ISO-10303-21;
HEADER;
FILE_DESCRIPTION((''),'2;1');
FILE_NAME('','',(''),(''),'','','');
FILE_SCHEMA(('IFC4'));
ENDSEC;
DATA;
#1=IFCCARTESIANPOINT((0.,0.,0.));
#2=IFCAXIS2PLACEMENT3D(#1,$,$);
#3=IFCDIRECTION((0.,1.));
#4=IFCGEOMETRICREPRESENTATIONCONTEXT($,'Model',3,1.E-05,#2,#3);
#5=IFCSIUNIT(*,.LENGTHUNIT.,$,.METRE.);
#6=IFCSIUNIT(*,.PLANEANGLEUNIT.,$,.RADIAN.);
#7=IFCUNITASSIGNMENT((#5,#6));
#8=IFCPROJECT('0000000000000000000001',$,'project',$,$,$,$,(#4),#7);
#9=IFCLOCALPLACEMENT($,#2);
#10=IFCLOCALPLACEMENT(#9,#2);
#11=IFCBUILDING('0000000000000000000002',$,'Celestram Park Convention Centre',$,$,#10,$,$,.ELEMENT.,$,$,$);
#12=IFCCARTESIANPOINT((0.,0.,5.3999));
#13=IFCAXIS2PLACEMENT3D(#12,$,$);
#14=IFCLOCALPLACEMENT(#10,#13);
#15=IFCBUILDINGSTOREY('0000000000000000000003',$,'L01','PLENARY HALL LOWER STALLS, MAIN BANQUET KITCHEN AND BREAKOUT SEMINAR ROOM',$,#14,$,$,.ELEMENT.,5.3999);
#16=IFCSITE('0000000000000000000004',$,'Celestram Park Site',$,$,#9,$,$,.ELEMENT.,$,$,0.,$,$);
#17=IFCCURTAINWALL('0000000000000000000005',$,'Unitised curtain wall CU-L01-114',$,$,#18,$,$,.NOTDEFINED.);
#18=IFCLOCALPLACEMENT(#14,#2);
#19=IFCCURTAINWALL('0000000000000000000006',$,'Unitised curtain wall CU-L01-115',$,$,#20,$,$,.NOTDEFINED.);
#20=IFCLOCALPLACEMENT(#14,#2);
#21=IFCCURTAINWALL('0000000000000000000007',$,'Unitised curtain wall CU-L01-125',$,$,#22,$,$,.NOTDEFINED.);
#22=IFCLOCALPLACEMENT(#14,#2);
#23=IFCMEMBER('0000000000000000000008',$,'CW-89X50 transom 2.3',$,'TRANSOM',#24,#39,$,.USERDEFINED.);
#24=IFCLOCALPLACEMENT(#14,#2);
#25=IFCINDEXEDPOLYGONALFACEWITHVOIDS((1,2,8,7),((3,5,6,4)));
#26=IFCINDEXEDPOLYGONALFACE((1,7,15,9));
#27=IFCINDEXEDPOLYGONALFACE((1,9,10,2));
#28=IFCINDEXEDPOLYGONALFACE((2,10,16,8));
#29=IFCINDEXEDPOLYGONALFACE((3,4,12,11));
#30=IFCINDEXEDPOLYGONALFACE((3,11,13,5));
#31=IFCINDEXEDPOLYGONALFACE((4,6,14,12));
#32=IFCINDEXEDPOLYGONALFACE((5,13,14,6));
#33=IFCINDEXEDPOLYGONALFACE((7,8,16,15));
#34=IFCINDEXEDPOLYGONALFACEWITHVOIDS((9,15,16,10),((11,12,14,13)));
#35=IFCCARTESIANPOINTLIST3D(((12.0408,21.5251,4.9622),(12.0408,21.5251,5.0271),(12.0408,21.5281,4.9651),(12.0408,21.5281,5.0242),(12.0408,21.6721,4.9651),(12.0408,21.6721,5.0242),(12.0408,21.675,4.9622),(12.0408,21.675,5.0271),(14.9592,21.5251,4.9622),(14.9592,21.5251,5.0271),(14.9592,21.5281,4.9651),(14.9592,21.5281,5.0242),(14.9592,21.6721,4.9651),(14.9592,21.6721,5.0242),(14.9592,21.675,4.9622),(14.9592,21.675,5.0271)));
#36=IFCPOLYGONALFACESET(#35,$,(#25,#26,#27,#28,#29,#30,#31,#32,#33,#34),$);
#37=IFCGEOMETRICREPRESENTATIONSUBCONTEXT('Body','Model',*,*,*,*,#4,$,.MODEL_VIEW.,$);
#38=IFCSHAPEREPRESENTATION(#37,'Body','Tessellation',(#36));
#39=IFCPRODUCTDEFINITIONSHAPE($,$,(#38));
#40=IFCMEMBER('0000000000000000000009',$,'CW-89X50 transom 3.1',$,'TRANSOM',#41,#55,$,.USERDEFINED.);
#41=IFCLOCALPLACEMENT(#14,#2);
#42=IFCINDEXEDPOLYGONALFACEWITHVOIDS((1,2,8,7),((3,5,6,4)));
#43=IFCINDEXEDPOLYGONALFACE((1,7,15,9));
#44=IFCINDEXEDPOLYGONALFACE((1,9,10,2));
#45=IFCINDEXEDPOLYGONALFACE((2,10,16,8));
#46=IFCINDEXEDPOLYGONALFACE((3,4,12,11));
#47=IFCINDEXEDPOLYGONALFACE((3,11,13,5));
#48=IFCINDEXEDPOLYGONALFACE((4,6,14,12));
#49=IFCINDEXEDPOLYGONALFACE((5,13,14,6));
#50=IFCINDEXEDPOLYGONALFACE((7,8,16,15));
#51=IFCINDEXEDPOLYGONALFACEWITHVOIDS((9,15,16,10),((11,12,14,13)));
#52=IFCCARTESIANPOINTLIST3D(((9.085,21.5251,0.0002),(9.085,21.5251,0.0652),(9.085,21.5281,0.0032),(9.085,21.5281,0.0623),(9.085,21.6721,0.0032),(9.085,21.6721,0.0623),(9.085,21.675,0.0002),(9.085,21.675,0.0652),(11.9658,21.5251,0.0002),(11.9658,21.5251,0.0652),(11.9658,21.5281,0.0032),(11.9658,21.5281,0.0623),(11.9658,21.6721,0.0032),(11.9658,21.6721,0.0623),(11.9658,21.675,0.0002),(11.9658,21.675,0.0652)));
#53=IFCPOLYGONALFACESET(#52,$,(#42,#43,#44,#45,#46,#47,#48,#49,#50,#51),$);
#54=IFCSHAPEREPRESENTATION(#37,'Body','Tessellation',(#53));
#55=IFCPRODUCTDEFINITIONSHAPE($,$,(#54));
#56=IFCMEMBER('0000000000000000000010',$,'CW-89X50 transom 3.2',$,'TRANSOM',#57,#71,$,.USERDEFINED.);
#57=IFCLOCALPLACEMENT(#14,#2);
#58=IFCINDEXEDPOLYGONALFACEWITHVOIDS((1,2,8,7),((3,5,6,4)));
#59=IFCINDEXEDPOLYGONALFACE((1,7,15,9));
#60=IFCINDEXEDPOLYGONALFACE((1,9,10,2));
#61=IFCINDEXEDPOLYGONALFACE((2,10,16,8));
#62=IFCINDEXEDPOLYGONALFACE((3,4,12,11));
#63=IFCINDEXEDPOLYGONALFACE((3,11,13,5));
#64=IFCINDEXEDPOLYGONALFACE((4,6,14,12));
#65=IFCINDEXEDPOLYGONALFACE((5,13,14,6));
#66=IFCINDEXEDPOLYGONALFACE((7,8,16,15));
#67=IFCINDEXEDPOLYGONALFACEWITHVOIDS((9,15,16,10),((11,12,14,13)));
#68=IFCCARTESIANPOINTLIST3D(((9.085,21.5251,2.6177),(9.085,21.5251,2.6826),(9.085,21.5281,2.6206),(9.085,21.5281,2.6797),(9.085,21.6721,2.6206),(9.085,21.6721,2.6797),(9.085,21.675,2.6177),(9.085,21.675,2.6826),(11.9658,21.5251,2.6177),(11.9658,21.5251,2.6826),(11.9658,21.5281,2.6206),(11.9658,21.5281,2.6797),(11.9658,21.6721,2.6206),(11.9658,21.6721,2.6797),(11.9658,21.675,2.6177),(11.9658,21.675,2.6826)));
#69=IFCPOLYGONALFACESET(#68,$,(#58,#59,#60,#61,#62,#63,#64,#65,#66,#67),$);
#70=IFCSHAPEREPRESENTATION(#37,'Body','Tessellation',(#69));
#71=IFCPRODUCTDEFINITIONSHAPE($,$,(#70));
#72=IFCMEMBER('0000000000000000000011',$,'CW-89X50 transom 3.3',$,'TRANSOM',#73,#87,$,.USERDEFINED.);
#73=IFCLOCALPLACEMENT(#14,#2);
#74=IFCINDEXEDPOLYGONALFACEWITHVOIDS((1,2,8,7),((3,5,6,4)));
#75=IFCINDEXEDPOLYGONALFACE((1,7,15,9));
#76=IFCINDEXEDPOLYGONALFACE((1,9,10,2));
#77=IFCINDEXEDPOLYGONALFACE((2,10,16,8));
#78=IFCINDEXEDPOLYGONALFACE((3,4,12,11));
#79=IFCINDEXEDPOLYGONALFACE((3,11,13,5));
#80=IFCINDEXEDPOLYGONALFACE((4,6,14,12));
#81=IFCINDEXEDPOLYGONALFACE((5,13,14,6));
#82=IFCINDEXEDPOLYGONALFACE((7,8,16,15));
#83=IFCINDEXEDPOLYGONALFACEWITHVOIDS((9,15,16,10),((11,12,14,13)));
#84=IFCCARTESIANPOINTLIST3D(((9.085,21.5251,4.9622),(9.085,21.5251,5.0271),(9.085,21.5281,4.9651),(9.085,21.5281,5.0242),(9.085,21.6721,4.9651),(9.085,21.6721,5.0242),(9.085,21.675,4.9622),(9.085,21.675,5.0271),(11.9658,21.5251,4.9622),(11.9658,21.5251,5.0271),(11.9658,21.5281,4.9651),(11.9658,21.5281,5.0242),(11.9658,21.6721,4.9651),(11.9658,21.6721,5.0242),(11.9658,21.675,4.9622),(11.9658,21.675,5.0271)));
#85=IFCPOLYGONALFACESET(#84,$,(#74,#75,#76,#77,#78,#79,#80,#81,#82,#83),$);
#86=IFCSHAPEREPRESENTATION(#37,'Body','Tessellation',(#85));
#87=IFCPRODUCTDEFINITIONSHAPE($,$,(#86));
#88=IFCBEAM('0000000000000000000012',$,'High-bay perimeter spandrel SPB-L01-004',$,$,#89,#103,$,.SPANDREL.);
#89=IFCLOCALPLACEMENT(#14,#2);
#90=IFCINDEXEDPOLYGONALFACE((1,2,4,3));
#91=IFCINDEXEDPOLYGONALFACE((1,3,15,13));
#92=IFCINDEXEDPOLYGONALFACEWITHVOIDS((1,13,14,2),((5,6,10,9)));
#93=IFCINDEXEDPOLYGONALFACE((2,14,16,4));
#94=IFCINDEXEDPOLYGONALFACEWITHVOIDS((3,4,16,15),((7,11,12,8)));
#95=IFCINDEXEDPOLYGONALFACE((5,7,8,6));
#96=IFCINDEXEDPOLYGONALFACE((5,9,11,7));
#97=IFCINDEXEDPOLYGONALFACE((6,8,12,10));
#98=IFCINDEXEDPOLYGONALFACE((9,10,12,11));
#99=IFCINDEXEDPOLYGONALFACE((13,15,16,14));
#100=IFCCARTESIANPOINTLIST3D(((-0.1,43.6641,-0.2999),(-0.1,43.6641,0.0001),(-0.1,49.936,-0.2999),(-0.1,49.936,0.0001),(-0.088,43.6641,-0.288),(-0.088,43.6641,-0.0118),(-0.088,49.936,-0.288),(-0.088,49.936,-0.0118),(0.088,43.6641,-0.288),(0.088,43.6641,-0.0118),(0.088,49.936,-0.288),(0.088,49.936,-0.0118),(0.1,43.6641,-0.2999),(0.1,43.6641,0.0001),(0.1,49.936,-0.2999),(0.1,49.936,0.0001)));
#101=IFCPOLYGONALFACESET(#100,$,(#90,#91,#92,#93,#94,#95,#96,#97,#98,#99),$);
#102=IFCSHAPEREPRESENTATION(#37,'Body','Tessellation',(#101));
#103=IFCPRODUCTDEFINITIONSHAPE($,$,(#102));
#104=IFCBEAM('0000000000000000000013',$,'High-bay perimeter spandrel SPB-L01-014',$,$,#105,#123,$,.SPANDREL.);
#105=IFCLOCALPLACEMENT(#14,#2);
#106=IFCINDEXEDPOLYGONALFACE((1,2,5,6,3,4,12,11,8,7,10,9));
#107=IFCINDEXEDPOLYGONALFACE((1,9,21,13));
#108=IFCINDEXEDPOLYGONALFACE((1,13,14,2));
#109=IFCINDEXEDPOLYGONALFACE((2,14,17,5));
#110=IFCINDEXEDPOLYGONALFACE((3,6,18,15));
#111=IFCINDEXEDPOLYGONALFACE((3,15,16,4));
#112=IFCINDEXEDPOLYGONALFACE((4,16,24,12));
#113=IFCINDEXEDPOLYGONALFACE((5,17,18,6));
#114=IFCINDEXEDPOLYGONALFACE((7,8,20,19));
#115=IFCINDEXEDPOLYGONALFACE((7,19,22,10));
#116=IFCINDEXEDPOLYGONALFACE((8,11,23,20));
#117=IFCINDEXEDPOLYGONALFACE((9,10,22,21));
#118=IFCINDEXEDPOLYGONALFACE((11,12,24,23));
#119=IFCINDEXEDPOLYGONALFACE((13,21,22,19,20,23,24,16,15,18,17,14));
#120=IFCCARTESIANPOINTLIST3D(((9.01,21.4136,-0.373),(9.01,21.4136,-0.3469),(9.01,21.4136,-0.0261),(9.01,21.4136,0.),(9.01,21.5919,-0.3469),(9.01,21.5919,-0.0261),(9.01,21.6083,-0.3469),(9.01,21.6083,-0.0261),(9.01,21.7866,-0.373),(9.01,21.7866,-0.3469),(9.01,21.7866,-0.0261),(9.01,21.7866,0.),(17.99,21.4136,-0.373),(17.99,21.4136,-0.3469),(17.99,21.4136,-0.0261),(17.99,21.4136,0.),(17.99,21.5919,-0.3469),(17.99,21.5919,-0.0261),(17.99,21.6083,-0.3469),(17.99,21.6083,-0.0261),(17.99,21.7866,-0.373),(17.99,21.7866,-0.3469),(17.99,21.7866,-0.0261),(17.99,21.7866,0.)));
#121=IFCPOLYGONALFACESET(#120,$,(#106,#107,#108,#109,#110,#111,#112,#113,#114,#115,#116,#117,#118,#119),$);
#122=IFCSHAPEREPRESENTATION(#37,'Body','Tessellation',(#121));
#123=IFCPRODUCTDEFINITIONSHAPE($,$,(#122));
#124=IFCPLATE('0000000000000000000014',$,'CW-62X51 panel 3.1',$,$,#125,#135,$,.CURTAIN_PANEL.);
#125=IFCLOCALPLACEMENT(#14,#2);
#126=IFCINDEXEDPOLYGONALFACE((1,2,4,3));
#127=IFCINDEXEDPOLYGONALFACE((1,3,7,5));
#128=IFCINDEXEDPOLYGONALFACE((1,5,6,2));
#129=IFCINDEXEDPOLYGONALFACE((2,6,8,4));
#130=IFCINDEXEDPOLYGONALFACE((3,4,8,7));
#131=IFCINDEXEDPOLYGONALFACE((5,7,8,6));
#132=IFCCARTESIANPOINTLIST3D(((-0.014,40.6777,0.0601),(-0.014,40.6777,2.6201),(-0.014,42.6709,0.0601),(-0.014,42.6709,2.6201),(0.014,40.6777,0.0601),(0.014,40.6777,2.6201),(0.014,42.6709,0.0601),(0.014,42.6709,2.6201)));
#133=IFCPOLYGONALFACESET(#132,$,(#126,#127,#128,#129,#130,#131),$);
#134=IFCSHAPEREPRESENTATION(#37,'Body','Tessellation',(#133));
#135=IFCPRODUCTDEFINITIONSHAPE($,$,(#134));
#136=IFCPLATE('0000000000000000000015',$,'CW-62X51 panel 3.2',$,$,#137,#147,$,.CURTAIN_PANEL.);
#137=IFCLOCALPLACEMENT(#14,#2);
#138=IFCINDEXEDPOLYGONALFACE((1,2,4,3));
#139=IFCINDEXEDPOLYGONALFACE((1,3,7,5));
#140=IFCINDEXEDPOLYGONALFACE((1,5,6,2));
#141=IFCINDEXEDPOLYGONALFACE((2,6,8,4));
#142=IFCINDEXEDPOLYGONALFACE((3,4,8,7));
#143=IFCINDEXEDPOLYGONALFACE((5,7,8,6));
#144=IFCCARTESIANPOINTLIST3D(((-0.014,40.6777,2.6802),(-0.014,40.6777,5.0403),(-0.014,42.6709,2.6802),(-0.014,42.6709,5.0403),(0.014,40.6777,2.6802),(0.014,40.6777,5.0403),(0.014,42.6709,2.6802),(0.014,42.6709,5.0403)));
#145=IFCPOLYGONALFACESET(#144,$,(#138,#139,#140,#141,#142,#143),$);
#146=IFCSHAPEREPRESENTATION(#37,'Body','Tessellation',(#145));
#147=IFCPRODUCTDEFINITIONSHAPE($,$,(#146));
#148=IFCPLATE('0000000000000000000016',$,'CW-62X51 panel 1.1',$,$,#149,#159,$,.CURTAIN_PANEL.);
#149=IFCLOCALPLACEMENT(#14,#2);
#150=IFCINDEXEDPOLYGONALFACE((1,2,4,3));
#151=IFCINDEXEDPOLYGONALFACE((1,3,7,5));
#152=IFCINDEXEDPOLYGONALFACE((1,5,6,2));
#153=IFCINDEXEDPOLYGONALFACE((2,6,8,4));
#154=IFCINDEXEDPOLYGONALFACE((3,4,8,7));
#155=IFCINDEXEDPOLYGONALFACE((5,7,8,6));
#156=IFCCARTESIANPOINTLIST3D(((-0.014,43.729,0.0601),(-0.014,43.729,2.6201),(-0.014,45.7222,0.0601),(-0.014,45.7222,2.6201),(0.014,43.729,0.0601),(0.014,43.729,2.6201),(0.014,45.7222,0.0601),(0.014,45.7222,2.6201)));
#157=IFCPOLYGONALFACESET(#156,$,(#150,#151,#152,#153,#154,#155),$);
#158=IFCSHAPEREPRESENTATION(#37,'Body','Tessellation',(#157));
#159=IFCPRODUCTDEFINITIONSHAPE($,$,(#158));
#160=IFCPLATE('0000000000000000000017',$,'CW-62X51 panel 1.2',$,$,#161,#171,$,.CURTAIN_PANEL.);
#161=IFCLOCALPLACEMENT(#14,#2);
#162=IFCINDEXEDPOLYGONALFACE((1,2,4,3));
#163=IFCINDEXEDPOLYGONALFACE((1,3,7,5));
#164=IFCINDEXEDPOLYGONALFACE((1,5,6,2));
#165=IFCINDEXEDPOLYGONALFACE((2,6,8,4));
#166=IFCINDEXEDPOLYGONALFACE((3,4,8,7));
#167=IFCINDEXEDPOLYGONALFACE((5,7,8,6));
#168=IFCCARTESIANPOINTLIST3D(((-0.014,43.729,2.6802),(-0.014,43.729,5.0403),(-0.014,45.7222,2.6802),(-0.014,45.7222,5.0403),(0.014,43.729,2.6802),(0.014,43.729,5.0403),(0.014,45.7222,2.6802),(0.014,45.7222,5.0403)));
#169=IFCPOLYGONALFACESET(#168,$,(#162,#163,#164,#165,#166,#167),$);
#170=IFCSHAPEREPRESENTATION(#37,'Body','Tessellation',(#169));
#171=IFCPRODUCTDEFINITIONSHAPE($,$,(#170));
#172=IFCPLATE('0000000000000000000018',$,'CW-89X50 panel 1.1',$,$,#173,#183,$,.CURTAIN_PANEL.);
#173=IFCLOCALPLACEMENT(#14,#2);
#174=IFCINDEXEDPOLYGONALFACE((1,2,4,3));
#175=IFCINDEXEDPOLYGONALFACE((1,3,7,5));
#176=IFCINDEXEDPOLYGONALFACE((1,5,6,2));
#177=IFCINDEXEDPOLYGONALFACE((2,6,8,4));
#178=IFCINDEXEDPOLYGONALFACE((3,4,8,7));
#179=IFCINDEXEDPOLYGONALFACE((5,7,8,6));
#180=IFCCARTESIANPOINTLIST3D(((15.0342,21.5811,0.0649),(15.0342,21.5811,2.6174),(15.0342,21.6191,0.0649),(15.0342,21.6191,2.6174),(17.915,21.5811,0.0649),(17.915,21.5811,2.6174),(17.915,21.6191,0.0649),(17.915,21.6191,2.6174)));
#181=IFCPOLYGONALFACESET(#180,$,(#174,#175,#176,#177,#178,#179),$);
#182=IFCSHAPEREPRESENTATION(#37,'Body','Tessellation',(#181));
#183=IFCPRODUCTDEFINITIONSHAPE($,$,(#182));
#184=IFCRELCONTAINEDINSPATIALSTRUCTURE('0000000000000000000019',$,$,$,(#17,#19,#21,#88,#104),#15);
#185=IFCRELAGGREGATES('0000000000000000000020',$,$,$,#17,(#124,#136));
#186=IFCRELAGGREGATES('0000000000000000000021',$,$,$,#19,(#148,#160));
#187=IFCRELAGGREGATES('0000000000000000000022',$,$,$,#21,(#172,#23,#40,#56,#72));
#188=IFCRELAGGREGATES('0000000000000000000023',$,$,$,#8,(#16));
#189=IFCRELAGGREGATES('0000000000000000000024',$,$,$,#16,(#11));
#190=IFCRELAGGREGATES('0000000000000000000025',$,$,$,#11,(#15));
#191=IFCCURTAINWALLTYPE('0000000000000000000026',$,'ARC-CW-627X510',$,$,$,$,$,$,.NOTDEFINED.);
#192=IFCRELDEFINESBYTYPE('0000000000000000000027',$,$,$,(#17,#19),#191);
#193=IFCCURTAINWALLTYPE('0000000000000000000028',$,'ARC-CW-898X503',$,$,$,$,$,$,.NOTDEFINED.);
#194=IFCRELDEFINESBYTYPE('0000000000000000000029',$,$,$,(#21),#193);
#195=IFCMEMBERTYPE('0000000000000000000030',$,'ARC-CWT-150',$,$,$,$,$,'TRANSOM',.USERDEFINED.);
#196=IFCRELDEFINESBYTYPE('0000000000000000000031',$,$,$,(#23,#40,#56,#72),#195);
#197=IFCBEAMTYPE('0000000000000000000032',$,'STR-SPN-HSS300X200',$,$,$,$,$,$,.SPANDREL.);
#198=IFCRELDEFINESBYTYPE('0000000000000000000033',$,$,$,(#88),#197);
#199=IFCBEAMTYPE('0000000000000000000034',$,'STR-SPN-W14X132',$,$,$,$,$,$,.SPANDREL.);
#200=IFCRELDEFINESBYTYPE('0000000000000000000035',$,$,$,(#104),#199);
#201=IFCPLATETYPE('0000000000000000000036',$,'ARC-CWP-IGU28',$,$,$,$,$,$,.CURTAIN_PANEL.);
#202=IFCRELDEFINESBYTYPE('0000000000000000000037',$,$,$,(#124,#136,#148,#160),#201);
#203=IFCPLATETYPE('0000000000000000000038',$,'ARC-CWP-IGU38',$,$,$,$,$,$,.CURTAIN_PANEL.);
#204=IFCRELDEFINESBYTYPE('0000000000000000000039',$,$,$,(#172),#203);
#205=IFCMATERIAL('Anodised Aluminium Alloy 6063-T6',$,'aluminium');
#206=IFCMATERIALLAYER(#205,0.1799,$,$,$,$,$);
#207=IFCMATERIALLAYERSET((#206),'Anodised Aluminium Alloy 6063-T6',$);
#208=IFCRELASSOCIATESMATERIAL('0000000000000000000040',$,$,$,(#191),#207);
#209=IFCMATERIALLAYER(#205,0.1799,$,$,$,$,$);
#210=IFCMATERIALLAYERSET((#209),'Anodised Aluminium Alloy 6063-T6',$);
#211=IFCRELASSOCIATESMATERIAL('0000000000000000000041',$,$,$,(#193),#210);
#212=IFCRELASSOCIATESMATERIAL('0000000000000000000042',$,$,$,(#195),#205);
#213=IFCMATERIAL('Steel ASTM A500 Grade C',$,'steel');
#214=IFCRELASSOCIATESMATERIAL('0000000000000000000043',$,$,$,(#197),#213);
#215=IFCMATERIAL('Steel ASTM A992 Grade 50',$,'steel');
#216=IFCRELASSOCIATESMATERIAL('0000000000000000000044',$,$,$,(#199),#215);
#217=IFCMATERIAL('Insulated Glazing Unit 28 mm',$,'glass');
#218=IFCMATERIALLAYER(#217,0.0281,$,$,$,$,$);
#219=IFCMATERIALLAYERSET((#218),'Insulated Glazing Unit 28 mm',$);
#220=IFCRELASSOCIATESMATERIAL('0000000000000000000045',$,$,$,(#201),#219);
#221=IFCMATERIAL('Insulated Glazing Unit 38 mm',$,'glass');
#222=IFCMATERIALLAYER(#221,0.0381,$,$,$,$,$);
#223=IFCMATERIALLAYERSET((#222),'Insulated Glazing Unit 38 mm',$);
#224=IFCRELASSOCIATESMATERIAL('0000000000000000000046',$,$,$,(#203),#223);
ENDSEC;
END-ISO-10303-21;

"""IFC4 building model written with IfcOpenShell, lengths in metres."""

from ifc_helpers import new_model, si_unit, direction, frame, origin, origin_2d, place, context, subcontext, project, spatial, rectangle, hollow_rectangle, i_section, extrude, material, layer, layer_set, material_profile, profile_set, type_object, element, aggregate, save


model = new_model("IFC4")

# Units and contexts
model_context = context("Model", 3, precision=1e-05, world=origin(), true_north=direction((0.0, 1.0)))
body_context = subcontext(model_context, "Body", "Model", "MODEL_VIEW")
ifc_project = project(units=[si_unit("LENGTHUNIT", "METRE"), si_unit("PLANEANGLEUNIT", "RADIAN")], contexts=[model_context])

# Site, building, storey
site_placement = place(None, origin())
site = spatial("IfcSite", under=ifc_project, at=site_placement, Name="Celestram Park Site", CompositionType="ELEMENT", RefElevation=0.0)
building_placement = place(site_placement, origin())
building = spatial("IfcBuilding", under=site, at=building_placement, Name="Celestram Park Convention Centre", CompositionType="ELEMENT")
storey_placement = place(building_placement, frame((0.0, 0.0, 5.3999)))
storey = spatial("IfcBuildingStorey", under=building, at=storey_placement, Name="L01", Description="PLENARY HALL LOWER STALLS, MAIN BANQUET KITCHEN AND BREAKOUT SEMINAR ROOM", CompositionType="ELEMENT", Elevation=5.3999)

# Shared definitions
ifc_material_1 = material(Name="Steel ASTM A992 Grade 50", Category="steel")

# Curtain wall
ifc_material_2 = material(Name="Anodised Aluminium Alloy 6063-T6", Category="aluminium")
ifc_layer_1 = layer(ifc_material_2, 0.1799)
ifc_layer_set_1 = layer_set([ifc_layer_1], Name="Anodised Aluminium Alloy 6063-T6")
curtain_wall_type_1 = type_object("IfcCurtainWallType", Name="ARC-CW-627X510", PredefinedType="NOTDEFINED", material=ifc_layer_set_1)
curtain_wall_1_placement = place(storey_placement, origin())
curtain_wall_1 = element("IfcCurtainWall", 1, at=curtain_wall_1_placement, inside=storey, type_object=curtain_wall_type_1, Name="Unitised curtain wall CU-L01-114", PredefinedType="NOTDEFINED")

# Curtain walls
curtain_wall_2_placement = place(storey_placement, origin())
curtain_wall_2 = element("IfcCurtainWall", 2, at=curtain_wall_2_placement, inside=storey, type_object=curtain_wall_type_1, Name="Unitised curtain wall CU-L01-115", PredefinedType="NOTDEFINED")
ifc_layer_2 = layer(ifc_material_2, 0.1799)
ifc_layer_set_2 = layer_set([ifc_layer_2], Name="Anodised Aluminium Alloy 6063-T6")
curtain_wall_type_2 = type_object("IfcCurtainWallType", Name="ARC-CW-898X503", PredefinedType="NOTDEFINED", material=ifc_layer_set_2)
curtain_wall_3_placement = place(storey_placement, origin())
curtain_wall_3 = element("IfcCurtainWall", 3, at=curtain_wall_3_placement, inside=storey, type_object=curtain_wall_type_2, Name="Unitised curtain wall CU-L01-125", PredefinedType="NOTDEFINED")

# Members
ifc_material_profile_1 = material_profile(ifc_material_2, hollow_rectangle(XDim=0.1499, YDim=0.0649, WallThickness=0.0029, at=origin_2d()), Name="ALU150X65X3")
ifc_profile_set_1 = profile_set([ifc_material_profile_1], Name="Anodised Aluminium Alloy 6063-T6")
member_type_1 = type_object("IfcMemberType", Name="ARC-CWT-150", ElementType="TRANSOM", PredefinedType="USERDEFINED", material=ifc_profile_set_1)
member_1_placement = place(storey_placement, frame((14.9592, 21.6001, 4.9946), z_axis=(-1.0, 0.0, 0.0), x_axis=(0.0, -1.0, 0.0)))
member_1 = element("IfcMember", 4, at=member_1_placement, type_object=member_type_1, Name="CW-89X50 transom 2.3", ObjectType="TRANSOM", PredefinedType="USERDEFINED", context=body_context, shape_type="SweptSolid", body=[
    extrude(hollow_rectangle(XDim=0.1499, YDim=0.0649, WallThickness=0.0029, at=origin_2d()), origin(), (0.0, 0.0, 1.0), 2.9185),
])
member_2_placement = place(storey_placement, frame((11.9658, 21.6001, 0.0327), z_axis=(-1.0, 0.0, 0.0), x_axis=(0.0, -1.0, 0.0)))
member_2 = element("IfcMember", 5, at=member_2_placement, type_object=member_type_1, Name="CW-89X50 transom 3.1", ObjectType="TRANSOM", PredefinedType="USERDEFINED", context=body_context, shape_type="SweptSolid", body=[
    extrude(hollow_rectangle(XDim=0.1499, YDim=0.0649, WallThickness=0.0029, at=origin_2d()), origin(), (0.0, 0.0, 1.0), 2.8809),
])
member_3_placement = place(storey_placement, frame((11.9658, 21.6001, 2.6501), z_axis=(-1.0, 0.0, 0.0), x_axis=(0.0, -1.0, 0.0)))
member_3 = element("IfcMember", 6, at=member_3_placement, type_object=member_type_1, Name="CW-89X50 transom 3.2", ObjectType="TRANSOM", PredefinedType="USERDEFINED", context=body_context, shape_type="SweptSolid", body=[
    extrude(hollow_rectangle(XDim=0.1499, YDim=0.0649, WallThickness=0.0029, at=origin_2d()), origin(), (0.0, 0.0, 1.0), 2.8809),
])
member_4_placement = place(storey_placement, frame((11.9658, 21.6001, 4.9946), z_axis=(-1.0, 0.0, 0.0), x_axis=(0.0, -1.0, 0.0)))
member_4 = element("IfcMember", 7, at=member_4_placement, type_object=member_type_1, Name="CW-89X50 transom 3.3", ObjectType="TRANSOM", PredefinedType="USERDEFINED", context=body_context, shape_type="SweptSolid", body=[
    extrude(hollow_rectangle(XDim=0.1499, YDim=0.0649, WallThickness=0.0029, at=origin_2d()), origin(), (0.0, 0.0, 1.0), 2.8809),
])

# Beams
ifc_material_3 = material(Name="Steel ASTM A500 Grade C", Category="steel")
ifc_material_profile_2 = material_profile(ifc_material_3, hollow_rectangle(XDim=0.2, YDim=0.3, WallThickness=0.012, at=origin_2d()), Name="HSS300X200X12")
ifc_profile_set_2 = profile_set([ifc_material_profile_2], Name="Steel ASTM A500 Grade C")
beam_type_1 = type_object("IfcBeamType", Name="STR-SPN-HSS300X200", PredefinedType="SPANDREL", material=ifc_profile_set_2)
beam_1_placement = place(storey_placement, frame((0.0, 43.6641, -0.1499), z_axis=(0.0, 1.0, 0.0), x_axis=(-1.0, 0.0, 0.0)))
element("IfcBeam", 8, at=beam_1_placement, inside=storey, type_object=beam_type_1, Name="High-bay perimeter spandrel SPB-L01-004", PredefinedType="SPANDREL", context=body_context, shape_type="SweptSolid", body=[
    extrude(hollow_rectangle(XDim=0.2, YDim=0.3, WallThickness=0.012, at=origin_2d()), origin(), (0.0, 0.0, 1.0), 6.272),
])
ifc_material_profile_3 = material_profile(ifc_material_1, i_section(OverallWidth=0.373, OverallDepth=0.373, WebThickness=0.0164, FlangeThickness=0.0261, at=origin_2d()), Name="W14X132")
ifc_profile_set_3 = profile_set([ifc_material_profile_3], Name="Steel ASTM A992 Grade 50")
beam_type_2 = type_object("IfcBeamType", Name="STR-SPN-W14X132", PredefinedType="SPANDREL", material=ifc_profile_set_3)
beam_2_placement = place(storey_placement, frame((9.01, 21.6001, -0.1865), z_axis=(1.0, 0.0, 0.0), x_axis=(0.0, 1.0, 0.0)))
element("IfcBeam", 9, at=beam_2_placement, inside=storey, type_object=beam_type_2, Name="High-bay perimeter spandrel SPB-L01-014", PredefinedType="SPANDREL", context=body_context, shape_type="SweptSolid", body=[
    extrude(i_section(OverallWidth=0.373, OverallDepth=0.373, WebThickness=0.0164, FlangeThickness=0.0261, at=origin_2d()), origin(), (0.0, 0.0, 1.0), 8.98),
])

# Plates
ifc_material_4 = material(Name="Insulated Glazing Unit 28 mm", Category="glass")
ifc_layer_3 = layer(ifc_material_4, 0.0281)
ifc_layer_set_3 = layer_set([ifc_layer_3], Name="Insulated Glazing Unit 28 mm")
plate_type_1 = type_object("IfcPlateType", Name="ARC-CWP-IGU28", PredefinedType="CURTAIN_PANEL", material=ifc_layer_set_3)
plate_1_placement = place(storey_placement, frame((0.0, 41.6743, 0.0601), z_axis=(0.0, 0.0, 1.0), x_axis=(0.0, 1.0, 0.0)))
plate_1 = element("IfcPlate", 10, at=plate_1_placement, type_object=plate_type_1, Name="CW-62X51 panel 3.1", PredefinedType="CURTAIN_PANEL", context=body_context, shape_type="SweptSolid", body=[
    extrude(rectangle(XDim=1.9932, YDim=0.0281, at=origin_2d()), origin(), (0.0, 0.0, 1.0), 2.5601),
])
plate_2_placement = place(storey_placement, frame((0.0, 41.6743, 2.6802), z_axis=(0.0, 0.0, 1.0), x_axis=(0.0, 1.0, 0.0)))
plate_2 = element("IfcPlate", 11, at=plate_2_placement, type_object=plate_type_1, Name="CW-62X51 panel 3.2", PredefinedType="CURTAIN_PANEL", context=body_context, shape_type="SweptSolid", body=[
    extrude(rectangle(XDim=1.9932, YDim=0.0281, at=origin_2d()), origin(), (0.0, 0.0, 1.0), 2.3601),
])
aggregate(curtain_wall_1, [plate_1, plate_2])
plate_3_placement = place(storey_placement, frame((0.0, 44.7256, 0.0601), z_axis=(0.0, 0.0, 1.0), x_axis=(0.0, 1.0, 0.0)))
plate_3 = element("IfcPlate", 12, at=plate_3_placement, type_object=plate_type_1, Name="CW-62X51 panel 1.1", PredefinedType="CURTAIN_PANEL", context=body_context, shape_type="SweptSolid", body=[
    extrude(rectangle(XDim=1.9932, YDim=0.0281, at=origin_2d()), origin(), (0.0, 0.0, 1.0), 2.5601),
])
plate_4_placement = place(storey_placement, frame((0.0, 44.7256, 2.6802), z_axis=(0.0, 0.0, 1.0), x_axis=(0.0, 1.0, 0.0)))
plate_4 = element("IfcPlate", 13, at=plate_4_placement, type_object=plate_type_1, Name="CW-62X51 panel 1.2", PredefinedType="CURTAIN_PANEL", context=body_context, shape_type="SweptSolid", body=[
    extrude(rectangle(XDim=1.9932, YDim=0.0281, at=origin_2d()), origin(), (0.0, 0.0, 1.0), 2.3601),
])
aggregate(curtain_wall_2, [plate_3, plate_4])
ifc_material_5 = material(Name="Insulated Glazing Unit 38 mm", Category="glass")
ifc_layer_4 = layer(ifc_material_5, 0.0381)
ifc_layer_set_4 = layer_set([ifc_layer_4], Name="Insulated Glazing Unit 38 mm")
plate_type_2 = type_object("IfcPlateType", Name="ARC-CWP-IGU38", PredefinedType="CURTAIN_PANEL", material=ifc_layer_set_4)
plate_5_placement = place(storey_placement, frame((16.4746, 21.6001, 0.0649), z_axis=(0.0, 0.0, 1.0), x_axis=(-1.0, 0.0, 0.0)))
plate_5 = element("IfcPlate", 14, at=plate_5_placement, type_object=plate_type_2, Name="CW-89X50 panel 1.1", PredefinedType="CURTAIN_PANEL", context=body_context, shape_type="SweptSolid", body=[
    extrude(rectangle(XDim=2.8809, YDim=0.0381, at=origin_2d()), origin(), (0.0, 0.0, 1.0), 2.5525),
])
aggregate(curtain_wall_3, [plate_5, member_1, member_2, member_3, member_4])

save(model, "model.ifc")
